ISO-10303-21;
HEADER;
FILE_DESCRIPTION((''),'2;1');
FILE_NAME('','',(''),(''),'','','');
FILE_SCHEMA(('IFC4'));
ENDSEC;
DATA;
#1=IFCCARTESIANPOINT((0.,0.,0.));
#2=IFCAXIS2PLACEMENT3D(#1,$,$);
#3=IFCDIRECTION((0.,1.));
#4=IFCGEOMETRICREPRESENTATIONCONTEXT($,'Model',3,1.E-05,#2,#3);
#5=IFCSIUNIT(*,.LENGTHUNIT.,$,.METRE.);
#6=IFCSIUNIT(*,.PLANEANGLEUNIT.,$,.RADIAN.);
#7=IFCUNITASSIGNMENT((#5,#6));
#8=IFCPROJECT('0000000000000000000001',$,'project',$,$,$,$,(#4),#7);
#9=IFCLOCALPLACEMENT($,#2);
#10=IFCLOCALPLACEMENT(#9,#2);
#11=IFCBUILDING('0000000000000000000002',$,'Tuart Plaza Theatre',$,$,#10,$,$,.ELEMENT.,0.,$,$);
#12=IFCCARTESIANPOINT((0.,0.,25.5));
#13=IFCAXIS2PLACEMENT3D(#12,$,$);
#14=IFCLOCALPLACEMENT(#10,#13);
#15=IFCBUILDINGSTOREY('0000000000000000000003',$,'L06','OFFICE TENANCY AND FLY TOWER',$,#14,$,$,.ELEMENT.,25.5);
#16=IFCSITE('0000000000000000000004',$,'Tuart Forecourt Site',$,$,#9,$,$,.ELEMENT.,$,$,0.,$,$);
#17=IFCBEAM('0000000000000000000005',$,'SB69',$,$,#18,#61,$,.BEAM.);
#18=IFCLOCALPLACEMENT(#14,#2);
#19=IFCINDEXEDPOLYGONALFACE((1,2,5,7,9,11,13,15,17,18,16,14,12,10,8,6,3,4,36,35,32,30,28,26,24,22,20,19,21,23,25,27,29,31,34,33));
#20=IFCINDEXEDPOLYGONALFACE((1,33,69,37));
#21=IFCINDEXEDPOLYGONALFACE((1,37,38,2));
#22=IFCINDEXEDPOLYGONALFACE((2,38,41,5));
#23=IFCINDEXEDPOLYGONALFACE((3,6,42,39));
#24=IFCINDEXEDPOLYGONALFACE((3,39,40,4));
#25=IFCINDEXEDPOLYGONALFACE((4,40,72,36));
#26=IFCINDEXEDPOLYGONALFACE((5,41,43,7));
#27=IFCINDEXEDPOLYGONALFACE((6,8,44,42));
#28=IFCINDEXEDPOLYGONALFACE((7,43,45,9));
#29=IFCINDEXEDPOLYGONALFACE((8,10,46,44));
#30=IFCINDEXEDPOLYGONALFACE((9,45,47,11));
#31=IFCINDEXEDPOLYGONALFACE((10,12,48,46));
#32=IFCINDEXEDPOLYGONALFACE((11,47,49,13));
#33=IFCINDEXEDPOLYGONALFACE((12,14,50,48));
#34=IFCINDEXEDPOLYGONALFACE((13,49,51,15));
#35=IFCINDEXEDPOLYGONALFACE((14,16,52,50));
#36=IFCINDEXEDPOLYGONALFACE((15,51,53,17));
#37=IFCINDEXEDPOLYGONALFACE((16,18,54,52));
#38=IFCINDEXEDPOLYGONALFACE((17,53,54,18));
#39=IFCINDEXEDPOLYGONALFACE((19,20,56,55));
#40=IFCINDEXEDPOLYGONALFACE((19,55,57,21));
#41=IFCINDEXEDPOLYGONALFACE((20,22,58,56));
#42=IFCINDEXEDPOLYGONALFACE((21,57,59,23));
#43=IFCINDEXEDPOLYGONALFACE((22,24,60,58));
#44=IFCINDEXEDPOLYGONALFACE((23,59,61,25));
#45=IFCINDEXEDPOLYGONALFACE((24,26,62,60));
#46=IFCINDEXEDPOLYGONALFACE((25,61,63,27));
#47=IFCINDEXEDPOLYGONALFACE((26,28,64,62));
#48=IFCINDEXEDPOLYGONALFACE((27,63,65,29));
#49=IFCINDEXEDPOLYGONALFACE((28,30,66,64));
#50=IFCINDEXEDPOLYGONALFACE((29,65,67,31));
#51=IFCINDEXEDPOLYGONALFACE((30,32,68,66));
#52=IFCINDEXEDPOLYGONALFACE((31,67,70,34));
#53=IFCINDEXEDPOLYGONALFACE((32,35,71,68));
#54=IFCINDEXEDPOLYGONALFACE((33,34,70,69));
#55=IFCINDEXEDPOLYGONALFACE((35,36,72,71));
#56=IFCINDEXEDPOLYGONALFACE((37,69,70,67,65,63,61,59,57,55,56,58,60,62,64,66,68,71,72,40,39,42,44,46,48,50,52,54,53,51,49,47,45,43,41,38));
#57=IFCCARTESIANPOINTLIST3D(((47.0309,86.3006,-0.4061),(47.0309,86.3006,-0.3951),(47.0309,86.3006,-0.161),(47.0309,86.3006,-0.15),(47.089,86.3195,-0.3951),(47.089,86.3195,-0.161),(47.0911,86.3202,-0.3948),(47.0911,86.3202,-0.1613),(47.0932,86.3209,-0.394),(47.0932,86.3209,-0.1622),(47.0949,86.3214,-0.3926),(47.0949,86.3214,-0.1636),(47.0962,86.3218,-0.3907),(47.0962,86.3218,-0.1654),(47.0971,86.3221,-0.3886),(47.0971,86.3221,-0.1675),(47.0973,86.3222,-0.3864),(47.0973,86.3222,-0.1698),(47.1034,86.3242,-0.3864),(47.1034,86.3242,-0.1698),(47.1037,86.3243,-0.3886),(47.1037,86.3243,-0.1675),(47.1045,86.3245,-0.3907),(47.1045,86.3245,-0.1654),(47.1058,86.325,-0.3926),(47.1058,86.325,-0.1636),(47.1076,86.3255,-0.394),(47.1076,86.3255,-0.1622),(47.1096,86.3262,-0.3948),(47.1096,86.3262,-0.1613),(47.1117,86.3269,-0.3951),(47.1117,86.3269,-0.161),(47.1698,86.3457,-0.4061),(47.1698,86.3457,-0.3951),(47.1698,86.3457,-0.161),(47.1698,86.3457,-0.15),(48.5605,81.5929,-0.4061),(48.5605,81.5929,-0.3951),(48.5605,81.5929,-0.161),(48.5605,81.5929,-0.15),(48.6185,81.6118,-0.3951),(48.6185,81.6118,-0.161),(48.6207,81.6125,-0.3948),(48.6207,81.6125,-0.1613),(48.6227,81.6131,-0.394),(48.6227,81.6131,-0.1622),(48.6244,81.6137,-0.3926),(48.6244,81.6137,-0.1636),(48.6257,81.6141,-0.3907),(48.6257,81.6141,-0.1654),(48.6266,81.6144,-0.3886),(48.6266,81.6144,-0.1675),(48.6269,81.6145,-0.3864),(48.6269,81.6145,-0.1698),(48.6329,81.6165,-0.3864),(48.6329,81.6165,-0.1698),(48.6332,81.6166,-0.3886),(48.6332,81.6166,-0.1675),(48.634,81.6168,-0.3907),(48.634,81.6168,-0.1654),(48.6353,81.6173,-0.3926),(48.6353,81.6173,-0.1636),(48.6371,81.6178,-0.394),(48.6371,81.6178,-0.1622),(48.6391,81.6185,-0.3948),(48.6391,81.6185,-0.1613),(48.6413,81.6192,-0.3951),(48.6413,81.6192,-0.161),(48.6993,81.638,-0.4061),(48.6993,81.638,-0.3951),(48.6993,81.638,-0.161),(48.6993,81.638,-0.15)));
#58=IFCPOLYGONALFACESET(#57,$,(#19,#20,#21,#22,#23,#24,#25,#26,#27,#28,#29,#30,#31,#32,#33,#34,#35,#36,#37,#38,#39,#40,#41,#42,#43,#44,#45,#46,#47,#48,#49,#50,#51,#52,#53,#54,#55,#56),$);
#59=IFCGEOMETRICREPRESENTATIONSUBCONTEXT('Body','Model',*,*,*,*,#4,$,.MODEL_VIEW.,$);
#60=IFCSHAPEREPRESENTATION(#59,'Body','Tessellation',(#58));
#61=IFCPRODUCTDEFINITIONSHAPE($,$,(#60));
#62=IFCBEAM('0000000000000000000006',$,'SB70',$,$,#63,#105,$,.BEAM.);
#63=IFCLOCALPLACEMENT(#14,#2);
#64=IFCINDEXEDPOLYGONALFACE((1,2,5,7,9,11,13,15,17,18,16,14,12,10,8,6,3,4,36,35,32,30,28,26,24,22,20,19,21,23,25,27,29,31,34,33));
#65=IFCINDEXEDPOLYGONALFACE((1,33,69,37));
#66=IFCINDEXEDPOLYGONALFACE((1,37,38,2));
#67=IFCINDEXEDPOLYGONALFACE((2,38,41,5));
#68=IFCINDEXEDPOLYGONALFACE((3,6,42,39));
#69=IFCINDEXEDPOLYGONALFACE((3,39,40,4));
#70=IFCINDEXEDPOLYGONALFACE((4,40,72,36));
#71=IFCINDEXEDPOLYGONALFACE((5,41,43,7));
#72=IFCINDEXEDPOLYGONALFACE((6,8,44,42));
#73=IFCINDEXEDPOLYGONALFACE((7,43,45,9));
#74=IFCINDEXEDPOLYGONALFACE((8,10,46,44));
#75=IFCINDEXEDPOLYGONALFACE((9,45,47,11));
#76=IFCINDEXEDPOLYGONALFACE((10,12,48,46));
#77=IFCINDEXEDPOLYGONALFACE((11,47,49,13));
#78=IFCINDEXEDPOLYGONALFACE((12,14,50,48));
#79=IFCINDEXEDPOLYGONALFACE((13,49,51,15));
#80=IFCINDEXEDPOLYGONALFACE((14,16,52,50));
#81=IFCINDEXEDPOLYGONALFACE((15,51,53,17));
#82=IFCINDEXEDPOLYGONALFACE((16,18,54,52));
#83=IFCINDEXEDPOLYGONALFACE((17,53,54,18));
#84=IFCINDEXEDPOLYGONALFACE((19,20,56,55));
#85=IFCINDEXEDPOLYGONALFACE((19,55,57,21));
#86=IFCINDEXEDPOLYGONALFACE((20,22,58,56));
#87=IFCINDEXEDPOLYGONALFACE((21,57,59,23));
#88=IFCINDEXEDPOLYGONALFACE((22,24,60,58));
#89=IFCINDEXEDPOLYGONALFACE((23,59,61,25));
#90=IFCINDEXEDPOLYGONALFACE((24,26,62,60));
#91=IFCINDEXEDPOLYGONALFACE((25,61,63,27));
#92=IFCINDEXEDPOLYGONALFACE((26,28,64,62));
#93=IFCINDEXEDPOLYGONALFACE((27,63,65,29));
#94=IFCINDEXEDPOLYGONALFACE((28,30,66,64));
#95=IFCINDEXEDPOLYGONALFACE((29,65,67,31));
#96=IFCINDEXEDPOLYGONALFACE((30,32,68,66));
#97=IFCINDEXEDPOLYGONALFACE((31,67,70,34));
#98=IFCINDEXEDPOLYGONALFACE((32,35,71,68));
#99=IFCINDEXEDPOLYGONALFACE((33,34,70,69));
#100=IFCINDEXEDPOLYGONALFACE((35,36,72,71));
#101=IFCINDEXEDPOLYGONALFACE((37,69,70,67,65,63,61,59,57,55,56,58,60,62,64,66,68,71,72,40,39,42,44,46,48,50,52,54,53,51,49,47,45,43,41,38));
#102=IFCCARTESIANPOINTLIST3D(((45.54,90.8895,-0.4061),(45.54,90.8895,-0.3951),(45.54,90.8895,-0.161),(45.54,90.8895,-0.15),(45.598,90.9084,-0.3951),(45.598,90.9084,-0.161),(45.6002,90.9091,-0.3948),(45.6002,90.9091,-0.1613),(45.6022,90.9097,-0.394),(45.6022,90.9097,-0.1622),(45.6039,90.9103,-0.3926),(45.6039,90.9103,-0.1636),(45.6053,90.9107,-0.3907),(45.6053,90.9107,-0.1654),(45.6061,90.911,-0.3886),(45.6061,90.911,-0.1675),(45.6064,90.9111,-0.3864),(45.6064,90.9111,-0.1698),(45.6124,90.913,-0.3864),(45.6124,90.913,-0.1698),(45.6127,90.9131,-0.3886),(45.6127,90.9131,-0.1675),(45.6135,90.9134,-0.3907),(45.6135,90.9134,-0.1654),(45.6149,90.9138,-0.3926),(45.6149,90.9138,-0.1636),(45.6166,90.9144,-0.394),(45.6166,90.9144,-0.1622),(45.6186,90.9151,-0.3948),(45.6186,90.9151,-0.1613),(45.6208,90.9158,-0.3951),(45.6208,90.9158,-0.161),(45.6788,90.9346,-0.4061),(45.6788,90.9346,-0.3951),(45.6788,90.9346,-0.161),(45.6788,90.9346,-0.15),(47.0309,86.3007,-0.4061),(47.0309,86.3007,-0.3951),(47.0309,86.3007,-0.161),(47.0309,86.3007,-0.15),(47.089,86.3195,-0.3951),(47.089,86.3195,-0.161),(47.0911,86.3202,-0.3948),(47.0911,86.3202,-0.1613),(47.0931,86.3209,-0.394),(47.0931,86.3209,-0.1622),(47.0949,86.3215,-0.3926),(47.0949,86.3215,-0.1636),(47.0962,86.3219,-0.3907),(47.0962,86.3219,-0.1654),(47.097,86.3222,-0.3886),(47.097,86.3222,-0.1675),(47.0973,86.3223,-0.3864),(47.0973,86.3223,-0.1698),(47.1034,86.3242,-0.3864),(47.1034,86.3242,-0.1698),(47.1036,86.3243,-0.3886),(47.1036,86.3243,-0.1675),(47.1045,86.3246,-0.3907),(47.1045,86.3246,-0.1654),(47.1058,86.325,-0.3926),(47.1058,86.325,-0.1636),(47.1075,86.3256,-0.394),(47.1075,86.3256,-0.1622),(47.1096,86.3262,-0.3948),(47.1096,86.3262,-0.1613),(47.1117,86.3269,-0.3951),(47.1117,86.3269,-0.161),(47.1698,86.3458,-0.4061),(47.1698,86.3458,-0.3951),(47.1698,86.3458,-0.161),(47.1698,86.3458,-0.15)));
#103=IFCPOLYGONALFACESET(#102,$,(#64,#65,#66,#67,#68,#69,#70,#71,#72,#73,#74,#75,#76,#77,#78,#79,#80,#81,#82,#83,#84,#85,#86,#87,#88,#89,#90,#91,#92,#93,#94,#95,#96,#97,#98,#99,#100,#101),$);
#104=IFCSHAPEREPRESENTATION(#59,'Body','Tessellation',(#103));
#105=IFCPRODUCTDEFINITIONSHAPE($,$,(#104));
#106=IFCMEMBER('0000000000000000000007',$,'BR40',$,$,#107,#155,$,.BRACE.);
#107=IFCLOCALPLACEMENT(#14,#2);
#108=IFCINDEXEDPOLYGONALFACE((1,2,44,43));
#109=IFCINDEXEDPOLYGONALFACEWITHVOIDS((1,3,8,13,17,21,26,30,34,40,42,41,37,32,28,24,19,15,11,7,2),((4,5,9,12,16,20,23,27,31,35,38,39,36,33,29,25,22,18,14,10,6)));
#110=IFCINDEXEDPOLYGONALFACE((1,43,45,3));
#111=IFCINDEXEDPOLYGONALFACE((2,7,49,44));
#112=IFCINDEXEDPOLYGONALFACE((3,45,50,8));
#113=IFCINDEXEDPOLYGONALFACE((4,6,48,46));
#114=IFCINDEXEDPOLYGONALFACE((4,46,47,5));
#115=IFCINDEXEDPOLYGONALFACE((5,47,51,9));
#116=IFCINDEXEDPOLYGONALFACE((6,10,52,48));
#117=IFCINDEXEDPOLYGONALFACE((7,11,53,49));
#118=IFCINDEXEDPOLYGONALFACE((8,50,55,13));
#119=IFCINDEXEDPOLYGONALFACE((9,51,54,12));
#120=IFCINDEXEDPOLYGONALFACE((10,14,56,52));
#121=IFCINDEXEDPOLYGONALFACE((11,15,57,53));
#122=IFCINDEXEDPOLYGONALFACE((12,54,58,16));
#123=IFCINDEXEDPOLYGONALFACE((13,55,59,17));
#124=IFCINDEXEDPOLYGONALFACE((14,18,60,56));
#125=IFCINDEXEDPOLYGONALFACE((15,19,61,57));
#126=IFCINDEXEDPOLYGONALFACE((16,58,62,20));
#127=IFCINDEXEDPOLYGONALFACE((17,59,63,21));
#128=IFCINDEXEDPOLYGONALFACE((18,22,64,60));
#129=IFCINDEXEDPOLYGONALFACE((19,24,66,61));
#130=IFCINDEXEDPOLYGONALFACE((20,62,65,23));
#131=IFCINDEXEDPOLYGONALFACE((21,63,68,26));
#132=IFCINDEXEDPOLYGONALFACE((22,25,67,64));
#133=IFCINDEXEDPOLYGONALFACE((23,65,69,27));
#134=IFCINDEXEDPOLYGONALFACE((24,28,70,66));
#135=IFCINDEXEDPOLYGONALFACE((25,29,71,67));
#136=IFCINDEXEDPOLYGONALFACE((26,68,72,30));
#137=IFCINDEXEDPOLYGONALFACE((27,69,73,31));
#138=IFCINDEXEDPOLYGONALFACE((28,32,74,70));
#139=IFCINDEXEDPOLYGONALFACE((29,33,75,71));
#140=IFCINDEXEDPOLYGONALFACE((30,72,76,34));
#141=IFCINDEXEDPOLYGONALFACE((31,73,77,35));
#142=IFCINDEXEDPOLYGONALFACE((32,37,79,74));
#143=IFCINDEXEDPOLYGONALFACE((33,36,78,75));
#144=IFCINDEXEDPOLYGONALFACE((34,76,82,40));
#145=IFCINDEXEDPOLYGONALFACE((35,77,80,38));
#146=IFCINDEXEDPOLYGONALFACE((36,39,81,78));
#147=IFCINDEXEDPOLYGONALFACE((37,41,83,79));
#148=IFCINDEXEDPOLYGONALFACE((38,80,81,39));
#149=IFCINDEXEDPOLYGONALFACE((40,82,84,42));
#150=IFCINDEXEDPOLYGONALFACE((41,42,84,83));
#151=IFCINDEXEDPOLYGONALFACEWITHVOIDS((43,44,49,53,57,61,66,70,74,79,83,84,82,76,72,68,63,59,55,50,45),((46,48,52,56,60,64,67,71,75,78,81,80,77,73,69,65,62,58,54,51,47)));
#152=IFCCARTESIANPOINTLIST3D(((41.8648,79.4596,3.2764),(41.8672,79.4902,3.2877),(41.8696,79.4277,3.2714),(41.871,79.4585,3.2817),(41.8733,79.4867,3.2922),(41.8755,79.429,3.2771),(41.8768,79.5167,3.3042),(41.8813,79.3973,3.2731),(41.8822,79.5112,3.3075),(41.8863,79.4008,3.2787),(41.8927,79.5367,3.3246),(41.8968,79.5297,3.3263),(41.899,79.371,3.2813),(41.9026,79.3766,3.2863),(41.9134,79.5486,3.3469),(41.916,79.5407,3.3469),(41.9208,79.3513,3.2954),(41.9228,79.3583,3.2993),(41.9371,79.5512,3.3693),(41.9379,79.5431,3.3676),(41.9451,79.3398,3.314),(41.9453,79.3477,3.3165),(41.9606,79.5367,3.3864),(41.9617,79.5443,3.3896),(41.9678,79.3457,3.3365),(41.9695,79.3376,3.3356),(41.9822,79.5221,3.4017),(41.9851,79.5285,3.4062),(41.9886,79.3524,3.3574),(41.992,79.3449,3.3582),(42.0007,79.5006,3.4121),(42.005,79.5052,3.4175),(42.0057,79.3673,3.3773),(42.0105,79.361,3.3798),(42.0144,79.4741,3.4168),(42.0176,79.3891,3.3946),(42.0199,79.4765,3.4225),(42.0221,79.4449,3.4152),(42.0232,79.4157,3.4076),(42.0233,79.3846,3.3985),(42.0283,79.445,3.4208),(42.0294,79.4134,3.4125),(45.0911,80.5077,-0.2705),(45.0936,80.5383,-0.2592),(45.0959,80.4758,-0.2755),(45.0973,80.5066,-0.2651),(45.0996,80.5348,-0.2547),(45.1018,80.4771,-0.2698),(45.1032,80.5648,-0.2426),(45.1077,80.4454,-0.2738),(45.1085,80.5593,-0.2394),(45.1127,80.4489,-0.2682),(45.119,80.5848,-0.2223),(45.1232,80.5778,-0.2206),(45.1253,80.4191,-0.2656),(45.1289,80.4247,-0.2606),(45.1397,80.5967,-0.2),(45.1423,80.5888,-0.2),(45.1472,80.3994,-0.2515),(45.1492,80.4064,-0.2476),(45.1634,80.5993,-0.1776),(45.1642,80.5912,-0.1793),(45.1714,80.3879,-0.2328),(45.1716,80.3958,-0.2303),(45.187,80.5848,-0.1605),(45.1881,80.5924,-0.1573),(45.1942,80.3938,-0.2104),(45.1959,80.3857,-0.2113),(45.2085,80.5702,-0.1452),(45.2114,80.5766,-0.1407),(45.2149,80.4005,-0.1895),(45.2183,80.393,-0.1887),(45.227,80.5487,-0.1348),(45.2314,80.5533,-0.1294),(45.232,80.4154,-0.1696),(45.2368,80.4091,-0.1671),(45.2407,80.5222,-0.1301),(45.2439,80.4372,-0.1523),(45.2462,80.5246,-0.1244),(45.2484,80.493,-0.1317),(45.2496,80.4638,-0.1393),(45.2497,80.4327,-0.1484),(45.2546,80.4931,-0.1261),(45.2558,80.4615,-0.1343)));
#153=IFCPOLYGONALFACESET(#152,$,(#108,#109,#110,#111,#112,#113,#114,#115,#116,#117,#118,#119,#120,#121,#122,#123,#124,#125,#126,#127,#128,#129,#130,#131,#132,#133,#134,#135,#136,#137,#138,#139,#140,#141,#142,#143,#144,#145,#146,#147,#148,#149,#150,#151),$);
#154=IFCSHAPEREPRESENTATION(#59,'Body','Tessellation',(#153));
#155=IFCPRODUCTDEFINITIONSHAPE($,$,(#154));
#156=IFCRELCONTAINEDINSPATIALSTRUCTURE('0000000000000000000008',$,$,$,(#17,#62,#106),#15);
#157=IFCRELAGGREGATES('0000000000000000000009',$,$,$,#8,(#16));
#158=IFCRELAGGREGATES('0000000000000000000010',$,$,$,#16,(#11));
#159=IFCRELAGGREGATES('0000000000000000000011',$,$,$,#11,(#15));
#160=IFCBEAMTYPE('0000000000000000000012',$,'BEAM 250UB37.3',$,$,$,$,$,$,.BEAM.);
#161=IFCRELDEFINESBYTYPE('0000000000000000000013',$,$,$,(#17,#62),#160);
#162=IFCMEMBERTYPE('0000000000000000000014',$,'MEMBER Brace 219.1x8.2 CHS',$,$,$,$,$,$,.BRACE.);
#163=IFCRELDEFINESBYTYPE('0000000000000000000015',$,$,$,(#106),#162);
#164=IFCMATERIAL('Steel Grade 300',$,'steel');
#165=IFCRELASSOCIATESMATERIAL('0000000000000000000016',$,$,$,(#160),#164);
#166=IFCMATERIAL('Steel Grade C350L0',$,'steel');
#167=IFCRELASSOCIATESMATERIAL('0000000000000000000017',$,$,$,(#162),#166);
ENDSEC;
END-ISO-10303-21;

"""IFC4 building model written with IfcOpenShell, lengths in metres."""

from ifc_helpers import new_model, si_unit, direction, frame, origin, origin_2d, place, context, subcontext, project, spatial, hollow_circle, i_section, extrude, material, material_profile, profile_set, type_object, element, save


model = new_model("IFC4")

# Units and contexts
model_context = context("Model", 3, precision=1e-05, world=origin(), true_north=direction((0.0, 1.0)))
body_context = subcontext(model_context, "Body", "Model", "MODEL_VIEW")
ifc_project = project(units=[si_unit("LENGTHUNIT", "METRE"), si_unit("PLANEANGLEUNIT", "RADIAN")], contexts=[model_context])

# Site, building, storey
site_placement = place(None, origin())
site = spatial("IfcSite", under=ifc_project, at=site_placement, Name="Tuart Forecourt Site", CompositionType="ELEMENT", RefElevation=0.0)
building_placement = place(site_placement, origin())
building = spatial("IfcBuilding", under=site, at=building_placement, Name="Tuart Plaza Theatre", CompositionType="ELEMENT", ElevationOfRefHeight=0.0)
storey_placement = place(building_placement, frame((0.0, 0.0, 25.5)))
storey = spatial("IfcBuildingStorey", under=building, at=storey_placement, Name="L06", Description="OFFICE TENANCY AND FLY TOWER", CompositionType="ELEMENT", Elevation=25.5)

# Beams
ifc_material_1 = material(Name="Steel Grade 300", Category="steel")
ifc_material_profile_1 = material_profile(ifc_material_1, i_section(OverallWidth=0.146, OverallDepth=0.2561, WebThickness=0.0063, FlangeThickness=0.011, FilletRadius=0.0088, at=origin_2d()), Name="250UB37.3")
ifc_profile_set_1 = profile_set([ifc_material_profile_1], Name="Steel Grade 300")
beam_type = type_object("IfcBeamType", Name="BEAM 250UB37.3", PredefinedType="BEAM", material=ifc_profile_set_1)
beam_1_placement = place(storey_placement, frame((48.6299, 81.6155, -0.2781), z_axis=(-0.308998, 0.951063, 0.0), x_axis=(-0.951063, -0.308998, 0.0)))
element("IfcBeam", 1, at=beam_1_placement, inside=storey, type_object=beam_type, Name="SB69", PredefinedType="BEAM", context=body_context, shape_type="SweptSolid", body=[
    extrude(i_section(OverallWidth=0.146, OverallDepth=0.2561, WebThickness=0.0063, FlangeThickness=0.011, FilletRadius=0.0088, at=origin_2d()), origin(), (0.0, 0.0, 1.0), 4.95),
])
beam_2_placement = place(storey_placement, frame((47.1003, 86.3232, -0.2781), z_axis=(-0.309008, 0.951059, 0.0), x_axis=(-0.951059, -0.309008, 0.0)))
element("IfcBeam", 2, at=beam_2_placement, inside=storey, type_object=beam_type, Name="SB70", PredefinedType="BEAM", context=body_context, shape_type="SweptSolid", body=[
    extrude(i_section(OverallWidth=0.146, OverallDepth=0.2561, WebThickness=0.0063, FlangeThickness=0.011, FilletRadius=0.0088, at=origin_2d()), origin(), (0.0, 0.0, 1.0), 4.825),
])

# Member
ifc_material_2 = material(Name="Steel Grade C350L0", Category="steel")
ifc_material_profile_2 = material_profile(ifc_material_2, hollow_circle(Radius=0.1096, WallThickness=0.0083, at=origin_2d()), Name="219.1x8.2 CHS")
ifc_profile_set_2 = profile_set([ifc_material_profile_2], Name="Steel Grade C350L0")
member_type_1 = type_object("IfcMemberType", Name="MEMBER Brace 219.1x8.2 CHS", PredefinedType="BRACE", material=ifc_profile_set_2)
for number, where, z_axis, x_axis, name in (
    (3, (41.9473, 79.4443, 3.3469), (0.657366, 0.213551, -0.72268), (-0.308964, 0.951074, 0.0), "BR40"),
):
    element("IfcMember", number, at=place(storey_placement, frame(where, z_axis=z_axis, x_axis=x_axis)), inside=storey, type_object=member_type_1, Name=name, PredefinedType="BRACE", context=body_context, shape_type="SweptSolid", body=[
        extrude(hollow_circle(Radius=0.1096, WallThickness=0.0083, at=origin_2d()), origin(), (0.0, 0.0, 1.0), 4.908),
    ])

save(model, "model.ifc")
